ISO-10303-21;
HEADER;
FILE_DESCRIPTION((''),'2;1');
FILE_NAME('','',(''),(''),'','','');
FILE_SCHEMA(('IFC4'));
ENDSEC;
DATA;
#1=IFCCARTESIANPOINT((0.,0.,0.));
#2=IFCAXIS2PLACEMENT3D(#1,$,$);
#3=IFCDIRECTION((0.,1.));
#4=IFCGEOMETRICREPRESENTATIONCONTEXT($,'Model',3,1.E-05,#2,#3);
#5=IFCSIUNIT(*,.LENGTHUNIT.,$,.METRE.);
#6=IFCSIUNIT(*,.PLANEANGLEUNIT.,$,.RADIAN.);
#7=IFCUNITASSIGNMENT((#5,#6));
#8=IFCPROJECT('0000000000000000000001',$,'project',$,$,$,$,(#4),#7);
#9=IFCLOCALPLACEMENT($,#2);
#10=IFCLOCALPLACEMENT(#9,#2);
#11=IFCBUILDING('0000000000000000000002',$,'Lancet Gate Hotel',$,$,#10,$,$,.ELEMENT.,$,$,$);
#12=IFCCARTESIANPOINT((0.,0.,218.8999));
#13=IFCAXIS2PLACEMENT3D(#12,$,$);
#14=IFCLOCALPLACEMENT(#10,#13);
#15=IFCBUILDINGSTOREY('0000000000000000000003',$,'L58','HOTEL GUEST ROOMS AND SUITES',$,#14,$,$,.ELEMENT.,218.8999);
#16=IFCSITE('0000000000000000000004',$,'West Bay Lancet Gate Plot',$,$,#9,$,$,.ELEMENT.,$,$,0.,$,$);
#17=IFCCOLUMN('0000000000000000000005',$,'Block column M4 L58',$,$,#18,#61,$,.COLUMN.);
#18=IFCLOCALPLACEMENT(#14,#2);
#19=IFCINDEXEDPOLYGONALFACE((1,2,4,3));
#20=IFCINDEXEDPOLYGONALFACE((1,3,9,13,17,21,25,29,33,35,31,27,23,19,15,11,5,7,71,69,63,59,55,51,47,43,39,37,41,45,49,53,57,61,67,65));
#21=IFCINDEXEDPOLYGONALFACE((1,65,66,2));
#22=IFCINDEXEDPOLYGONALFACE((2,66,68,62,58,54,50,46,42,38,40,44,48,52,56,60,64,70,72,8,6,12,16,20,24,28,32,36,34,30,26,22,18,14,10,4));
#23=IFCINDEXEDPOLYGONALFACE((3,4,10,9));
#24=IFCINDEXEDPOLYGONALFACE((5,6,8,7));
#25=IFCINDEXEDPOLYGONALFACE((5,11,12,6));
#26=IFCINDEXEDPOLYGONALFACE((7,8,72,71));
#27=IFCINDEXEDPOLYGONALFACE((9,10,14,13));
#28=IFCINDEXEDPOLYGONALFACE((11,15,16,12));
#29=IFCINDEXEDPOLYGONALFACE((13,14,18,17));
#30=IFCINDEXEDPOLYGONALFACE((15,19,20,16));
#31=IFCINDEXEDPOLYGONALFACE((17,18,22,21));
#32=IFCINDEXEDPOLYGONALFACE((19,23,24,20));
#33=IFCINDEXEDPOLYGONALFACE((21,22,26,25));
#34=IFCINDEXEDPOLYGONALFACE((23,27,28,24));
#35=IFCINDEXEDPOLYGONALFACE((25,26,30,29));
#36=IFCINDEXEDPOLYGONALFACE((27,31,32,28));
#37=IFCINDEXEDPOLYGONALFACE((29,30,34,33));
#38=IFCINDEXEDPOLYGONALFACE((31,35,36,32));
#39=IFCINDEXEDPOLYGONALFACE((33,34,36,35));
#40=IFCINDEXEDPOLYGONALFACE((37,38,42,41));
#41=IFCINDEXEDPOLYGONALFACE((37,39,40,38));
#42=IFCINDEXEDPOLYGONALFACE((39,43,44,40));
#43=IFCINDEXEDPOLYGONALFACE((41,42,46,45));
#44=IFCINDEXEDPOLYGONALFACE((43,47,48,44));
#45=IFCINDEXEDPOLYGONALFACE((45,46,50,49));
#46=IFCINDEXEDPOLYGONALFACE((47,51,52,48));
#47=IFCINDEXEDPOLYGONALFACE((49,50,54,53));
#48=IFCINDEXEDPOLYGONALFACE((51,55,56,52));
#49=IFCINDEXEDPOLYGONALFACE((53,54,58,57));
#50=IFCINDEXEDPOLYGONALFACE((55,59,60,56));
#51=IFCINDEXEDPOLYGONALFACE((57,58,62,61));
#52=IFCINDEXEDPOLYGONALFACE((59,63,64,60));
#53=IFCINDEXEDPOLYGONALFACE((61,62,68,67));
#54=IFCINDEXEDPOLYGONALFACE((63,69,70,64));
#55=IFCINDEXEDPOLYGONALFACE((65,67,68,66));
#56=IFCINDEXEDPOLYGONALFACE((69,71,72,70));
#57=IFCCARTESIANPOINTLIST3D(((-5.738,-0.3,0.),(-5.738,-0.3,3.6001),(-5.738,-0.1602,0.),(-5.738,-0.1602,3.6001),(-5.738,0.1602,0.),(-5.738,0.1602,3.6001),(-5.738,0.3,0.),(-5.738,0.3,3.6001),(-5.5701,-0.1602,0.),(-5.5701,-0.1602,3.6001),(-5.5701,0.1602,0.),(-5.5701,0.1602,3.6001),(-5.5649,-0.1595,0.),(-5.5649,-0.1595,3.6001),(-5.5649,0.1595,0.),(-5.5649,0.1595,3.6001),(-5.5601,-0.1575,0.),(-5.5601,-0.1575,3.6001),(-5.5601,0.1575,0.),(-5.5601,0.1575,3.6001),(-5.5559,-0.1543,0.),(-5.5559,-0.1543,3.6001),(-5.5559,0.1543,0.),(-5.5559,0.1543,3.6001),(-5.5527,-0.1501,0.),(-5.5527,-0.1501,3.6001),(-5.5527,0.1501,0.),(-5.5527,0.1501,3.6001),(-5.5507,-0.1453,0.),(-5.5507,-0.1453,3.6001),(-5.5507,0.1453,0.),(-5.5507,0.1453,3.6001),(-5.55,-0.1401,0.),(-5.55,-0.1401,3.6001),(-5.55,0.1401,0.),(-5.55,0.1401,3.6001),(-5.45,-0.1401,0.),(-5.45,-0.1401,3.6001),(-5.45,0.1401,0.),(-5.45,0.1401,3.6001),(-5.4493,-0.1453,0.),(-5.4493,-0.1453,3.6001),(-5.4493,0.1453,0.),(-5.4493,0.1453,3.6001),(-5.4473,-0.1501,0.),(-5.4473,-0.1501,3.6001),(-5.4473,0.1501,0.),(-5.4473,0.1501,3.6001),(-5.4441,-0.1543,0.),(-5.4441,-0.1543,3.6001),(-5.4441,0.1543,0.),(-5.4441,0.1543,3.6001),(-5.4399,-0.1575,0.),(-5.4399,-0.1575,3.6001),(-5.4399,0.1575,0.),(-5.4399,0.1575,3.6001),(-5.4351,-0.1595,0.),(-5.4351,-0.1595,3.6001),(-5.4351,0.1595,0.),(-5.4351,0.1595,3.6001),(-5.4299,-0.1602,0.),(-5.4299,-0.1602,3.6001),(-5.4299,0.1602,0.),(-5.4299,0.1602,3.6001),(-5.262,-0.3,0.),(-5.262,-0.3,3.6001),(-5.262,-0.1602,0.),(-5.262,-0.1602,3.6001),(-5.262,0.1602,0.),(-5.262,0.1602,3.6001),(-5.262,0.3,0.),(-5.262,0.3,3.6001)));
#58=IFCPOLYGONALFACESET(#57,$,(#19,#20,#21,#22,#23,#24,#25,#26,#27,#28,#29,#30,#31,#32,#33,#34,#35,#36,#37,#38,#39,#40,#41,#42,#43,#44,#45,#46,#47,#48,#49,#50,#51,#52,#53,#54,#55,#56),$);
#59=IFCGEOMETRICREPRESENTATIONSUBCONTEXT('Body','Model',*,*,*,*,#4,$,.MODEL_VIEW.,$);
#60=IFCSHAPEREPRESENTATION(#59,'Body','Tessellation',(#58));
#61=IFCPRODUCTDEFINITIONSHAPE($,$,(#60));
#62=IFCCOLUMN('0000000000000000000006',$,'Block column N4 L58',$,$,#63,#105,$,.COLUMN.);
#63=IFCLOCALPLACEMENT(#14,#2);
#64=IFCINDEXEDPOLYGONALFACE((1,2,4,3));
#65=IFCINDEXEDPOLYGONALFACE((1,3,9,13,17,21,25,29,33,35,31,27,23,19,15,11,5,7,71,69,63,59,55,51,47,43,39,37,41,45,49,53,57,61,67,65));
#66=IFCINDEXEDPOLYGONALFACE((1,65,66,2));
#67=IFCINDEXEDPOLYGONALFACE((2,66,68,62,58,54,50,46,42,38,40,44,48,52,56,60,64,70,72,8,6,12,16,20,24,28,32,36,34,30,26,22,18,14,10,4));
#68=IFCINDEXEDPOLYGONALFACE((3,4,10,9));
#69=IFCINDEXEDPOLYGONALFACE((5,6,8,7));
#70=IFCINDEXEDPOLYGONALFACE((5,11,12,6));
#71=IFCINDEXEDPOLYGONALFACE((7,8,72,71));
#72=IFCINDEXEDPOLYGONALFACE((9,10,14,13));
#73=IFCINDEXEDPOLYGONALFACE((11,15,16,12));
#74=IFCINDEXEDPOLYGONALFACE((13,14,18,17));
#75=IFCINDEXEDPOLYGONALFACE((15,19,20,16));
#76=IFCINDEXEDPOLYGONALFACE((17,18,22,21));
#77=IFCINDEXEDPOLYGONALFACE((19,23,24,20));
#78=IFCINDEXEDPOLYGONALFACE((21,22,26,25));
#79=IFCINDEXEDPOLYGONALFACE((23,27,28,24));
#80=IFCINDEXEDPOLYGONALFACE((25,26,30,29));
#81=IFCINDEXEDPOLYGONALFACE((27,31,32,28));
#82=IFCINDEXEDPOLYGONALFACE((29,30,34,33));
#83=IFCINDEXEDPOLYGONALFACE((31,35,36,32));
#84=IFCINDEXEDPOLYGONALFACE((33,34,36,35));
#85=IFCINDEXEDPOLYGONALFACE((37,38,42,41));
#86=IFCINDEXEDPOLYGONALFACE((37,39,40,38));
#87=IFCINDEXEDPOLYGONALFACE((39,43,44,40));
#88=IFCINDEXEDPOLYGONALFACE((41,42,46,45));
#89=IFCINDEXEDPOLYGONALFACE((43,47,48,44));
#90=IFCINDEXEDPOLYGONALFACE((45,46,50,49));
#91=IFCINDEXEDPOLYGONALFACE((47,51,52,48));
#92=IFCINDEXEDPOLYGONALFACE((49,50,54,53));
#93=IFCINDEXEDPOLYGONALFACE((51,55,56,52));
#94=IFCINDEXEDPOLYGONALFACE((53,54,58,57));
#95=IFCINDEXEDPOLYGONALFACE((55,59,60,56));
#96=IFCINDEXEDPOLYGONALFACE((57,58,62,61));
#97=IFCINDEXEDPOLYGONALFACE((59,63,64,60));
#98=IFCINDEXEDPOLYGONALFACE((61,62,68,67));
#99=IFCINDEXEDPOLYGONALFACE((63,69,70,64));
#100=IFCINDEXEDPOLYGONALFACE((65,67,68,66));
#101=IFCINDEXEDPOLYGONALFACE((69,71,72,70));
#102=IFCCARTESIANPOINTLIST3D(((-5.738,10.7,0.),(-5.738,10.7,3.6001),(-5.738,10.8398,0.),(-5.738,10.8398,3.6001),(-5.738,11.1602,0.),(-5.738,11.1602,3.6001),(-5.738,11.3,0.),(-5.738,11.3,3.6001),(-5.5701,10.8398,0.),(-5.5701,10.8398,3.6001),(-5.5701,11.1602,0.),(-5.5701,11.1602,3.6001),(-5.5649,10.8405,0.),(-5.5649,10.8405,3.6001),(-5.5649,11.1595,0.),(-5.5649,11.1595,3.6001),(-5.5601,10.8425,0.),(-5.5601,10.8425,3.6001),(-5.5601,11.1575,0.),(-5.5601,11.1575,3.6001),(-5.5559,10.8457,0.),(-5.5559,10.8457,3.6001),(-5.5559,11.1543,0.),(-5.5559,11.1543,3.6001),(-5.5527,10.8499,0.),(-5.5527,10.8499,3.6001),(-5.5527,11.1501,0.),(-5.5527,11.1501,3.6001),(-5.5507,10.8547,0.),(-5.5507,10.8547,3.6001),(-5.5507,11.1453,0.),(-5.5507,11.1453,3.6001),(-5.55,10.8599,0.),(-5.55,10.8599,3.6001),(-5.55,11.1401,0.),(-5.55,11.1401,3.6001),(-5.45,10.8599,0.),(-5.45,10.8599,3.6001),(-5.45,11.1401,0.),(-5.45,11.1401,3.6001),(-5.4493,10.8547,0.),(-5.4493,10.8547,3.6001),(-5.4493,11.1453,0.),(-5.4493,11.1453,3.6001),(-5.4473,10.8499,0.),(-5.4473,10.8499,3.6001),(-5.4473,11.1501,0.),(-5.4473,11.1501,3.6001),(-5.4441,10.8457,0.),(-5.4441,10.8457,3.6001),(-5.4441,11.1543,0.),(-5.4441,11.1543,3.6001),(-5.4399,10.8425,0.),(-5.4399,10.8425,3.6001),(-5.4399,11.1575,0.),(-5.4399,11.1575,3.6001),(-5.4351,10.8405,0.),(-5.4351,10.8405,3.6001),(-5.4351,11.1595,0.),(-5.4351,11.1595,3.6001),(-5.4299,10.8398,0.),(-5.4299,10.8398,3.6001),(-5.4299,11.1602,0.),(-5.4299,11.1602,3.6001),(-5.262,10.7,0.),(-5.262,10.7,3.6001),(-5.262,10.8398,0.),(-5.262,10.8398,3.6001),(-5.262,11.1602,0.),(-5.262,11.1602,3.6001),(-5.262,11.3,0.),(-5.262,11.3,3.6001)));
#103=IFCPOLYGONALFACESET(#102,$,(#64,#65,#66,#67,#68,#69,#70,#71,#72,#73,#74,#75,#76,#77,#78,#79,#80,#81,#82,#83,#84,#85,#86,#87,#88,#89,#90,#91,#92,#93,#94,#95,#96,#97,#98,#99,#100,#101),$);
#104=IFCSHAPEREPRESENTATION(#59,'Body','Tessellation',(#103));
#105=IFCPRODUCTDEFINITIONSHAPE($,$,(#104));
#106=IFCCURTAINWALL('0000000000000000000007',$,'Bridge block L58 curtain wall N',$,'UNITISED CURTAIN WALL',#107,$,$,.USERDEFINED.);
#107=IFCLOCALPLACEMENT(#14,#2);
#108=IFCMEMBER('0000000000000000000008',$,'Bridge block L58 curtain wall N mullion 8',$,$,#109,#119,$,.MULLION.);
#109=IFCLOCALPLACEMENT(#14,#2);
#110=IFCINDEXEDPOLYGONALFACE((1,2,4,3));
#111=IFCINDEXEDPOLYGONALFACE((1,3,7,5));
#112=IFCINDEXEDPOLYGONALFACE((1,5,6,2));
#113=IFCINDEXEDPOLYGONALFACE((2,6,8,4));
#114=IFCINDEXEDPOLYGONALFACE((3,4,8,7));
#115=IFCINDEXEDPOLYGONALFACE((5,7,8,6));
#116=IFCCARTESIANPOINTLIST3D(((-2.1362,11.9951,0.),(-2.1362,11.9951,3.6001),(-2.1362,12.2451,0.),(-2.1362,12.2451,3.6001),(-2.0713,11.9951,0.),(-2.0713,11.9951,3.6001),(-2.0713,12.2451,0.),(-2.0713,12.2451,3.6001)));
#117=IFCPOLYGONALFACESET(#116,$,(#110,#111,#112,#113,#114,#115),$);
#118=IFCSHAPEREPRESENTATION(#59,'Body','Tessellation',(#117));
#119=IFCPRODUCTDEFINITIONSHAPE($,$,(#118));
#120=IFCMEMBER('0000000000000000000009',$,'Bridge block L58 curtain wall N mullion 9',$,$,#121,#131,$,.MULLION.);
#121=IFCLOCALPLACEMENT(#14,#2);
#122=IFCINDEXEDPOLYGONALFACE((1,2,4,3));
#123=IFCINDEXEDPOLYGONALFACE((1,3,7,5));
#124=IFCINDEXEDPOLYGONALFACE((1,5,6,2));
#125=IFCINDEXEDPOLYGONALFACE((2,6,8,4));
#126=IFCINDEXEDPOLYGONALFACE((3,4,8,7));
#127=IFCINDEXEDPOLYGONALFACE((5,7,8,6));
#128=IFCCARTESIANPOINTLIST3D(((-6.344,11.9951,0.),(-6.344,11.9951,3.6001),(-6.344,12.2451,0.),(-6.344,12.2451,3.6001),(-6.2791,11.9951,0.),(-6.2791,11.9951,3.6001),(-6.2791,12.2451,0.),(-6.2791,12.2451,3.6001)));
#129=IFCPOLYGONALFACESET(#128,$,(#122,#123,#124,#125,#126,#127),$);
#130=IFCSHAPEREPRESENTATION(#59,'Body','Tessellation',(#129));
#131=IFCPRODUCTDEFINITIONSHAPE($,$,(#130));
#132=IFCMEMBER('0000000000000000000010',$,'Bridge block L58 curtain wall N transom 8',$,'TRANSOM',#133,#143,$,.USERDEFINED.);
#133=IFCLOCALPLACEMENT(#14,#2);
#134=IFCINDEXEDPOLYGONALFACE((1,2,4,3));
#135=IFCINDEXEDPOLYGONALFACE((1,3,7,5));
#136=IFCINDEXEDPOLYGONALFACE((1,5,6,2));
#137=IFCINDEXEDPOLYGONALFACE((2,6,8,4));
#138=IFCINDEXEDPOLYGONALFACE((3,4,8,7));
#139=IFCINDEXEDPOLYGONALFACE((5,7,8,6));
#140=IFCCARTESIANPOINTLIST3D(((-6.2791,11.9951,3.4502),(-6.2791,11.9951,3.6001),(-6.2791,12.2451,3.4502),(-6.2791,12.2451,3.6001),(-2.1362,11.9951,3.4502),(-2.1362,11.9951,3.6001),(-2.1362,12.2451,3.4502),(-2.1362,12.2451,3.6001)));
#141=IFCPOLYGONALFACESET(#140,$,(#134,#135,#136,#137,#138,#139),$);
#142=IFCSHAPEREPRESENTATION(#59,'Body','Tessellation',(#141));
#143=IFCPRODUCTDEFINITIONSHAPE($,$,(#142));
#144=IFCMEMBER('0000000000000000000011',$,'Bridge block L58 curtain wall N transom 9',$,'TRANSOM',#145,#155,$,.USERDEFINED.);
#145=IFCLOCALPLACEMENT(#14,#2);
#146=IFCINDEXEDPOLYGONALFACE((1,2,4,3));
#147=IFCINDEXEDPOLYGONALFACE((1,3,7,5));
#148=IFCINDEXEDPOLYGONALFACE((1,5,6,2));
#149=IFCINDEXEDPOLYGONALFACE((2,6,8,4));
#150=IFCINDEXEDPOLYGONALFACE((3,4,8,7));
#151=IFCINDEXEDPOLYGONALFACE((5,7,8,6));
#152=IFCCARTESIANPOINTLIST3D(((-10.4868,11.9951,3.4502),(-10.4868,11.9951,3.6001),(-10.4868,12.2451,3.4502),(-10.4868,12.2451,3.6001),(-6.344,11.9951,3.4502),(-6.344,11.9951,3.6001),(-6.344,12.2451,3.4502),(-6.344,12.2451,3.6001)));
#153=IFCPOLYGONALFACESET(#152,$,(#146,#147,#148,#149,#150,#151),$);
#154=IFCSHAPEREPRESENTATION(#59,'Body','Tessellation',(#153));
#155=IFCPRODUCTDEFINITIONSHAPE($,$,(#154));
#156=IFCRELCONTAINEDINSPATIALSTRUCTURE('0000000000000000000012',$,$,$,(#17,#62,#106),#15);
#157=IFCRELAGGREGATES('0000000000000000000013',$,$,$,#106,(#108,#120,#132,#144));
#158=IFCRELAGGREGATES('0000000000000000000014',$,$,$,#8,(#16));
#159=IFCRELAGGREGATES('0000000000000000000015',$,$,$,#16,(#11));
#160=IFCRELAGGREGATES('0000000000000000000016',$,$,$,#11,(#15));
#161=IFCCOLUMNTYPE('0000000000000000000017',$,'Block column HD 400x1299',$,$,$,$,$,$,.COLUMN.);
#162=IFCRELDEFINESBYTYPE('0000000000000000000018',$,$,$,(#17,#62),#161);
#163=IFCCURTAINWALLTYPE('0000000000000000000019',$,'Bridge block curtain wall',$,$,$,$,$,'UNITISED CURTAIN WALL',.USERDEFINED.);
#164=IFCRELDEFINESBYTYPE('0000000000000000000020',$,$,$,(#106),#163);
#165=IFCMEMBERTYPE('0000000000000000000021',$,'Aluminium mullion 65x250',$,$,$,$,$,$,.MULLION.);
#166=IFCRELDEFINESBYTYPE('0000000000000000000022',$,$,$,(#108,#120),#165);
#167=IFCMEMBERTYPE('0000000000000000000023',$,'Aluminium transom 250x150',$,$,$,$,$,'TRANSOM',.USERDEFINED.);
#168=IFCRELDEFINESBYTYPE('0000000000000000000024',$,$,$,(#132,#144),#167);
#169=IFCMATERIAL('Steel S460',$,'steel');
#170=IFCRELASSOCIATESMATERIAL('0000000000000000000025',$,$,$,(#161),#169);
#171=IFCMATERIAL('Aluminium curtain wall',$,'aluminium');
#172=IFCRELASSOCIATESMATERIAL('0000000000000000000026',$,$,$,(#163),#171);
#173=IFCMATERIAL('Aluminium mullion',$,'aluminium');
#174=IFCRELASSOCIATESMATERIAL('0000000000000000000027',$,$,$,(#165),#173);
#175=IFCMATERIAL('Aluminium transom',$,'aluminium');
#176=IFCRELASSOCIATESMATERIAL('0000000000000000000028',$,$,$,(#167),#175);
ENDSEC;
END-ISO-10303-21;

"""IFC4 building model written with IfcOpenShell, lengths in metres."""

from ifc_helpers import new_model, si_unit, direction, frame, origin, origin_2d, place, context, subcontext, project, spatial, rectangle, i_section, extrude, material, material_profile, profile_set, type_object, element, aggregate, save


model = new_model("IFC4")

# Units and contexts
model_context = context("Model", 3, precision=1e-05, world=origin(), true_north=direction((0.0, 1.0)))
body_context = subcontext(model_context, "Body", "Model", "MODEL_VIEW")
ifc_project = project(units=[si_unit("LENGTHUNIT", "METRE"), si_unit("PLANEANGLEUNIT", "RADIAN")], contexts=[model_context])

# Site, building, storey
site_placement = place(None, origin())
site = spatial("IfcSite", under=ifc_project, at=site_placement, Name="West Bay Lancet Gate Plot", CompositionType="ELEMENT", RefElevation=0.0)
building_placement = place(site_placement, origin())
building = spatial("IfcBuilding", under=site, at=building_placement, Name="Lancet Gate Hotel", CompositionType="ELEMENT")
storey_placement = place(building_placement, frame((0.0, 0.0, 218.8999)))
storey = spatial("IfcBuildingStorey", under=building, at=storey_placement, Name="L58", Description="HOTEL GUEST ROOMS AND SUITES", CompositionType="ELEMENT", Elevation=218.8999)

# Columns
ifc_material_1 = material(Name="Steel S460", Category="steel")
ifc_material_profile_1 = material_profile(ifc_material_1, i_section(OverallWidth=0.4761, OverallDepth=0.6001, WebThickness=0.1001, FlangeThickness=0.1399, FilletRadius=0.02, at=origin_2d()), Name="HD 400x1299")
ifc_profile_set_1 = profile_set([ifc_material_profile_1], Name="Steel S460")
column_type = type_object("IfcColumnType", Name="Block column HD 400x1299", PredefinedType="COLUMN", material=ifc_profile_set_1)
for number, where, z_axis, x_axis, name in (
    (1, (-5.5, 0.0, 0.0), (0.0, 0.0, 1.0), (1.0, 0.0, 0.0), "Block column M4 L58"),
    (2, (-5.5, 11.0, 0.0), (0.0, 0.0, 1.0), (1.0, 0.0, 0.0), "Block column N4 L58"),
):
    element("IfcColumn", number, at=place(storey_placement, frame(where, z_axis=z_axis, x_axis=x_axis)), inside=storey, type_object=column_type, Name=name, PredefinedType="COLUMN", context=body_context, shape_type="SweptSolid", body=[
        extrude(i_section(OverallWidth=0.4761, OverallDepth=0.6001, WebThickness=0.1001, FlangeThickness=0.1399, FilletRadius=0.02, at=origin_2d()), origin(), (0.0, 0.0, 1.0), 3.6001),
    ])

# Curtain wall, members
ifc_material_2 = material(Name="Aluminium curtain wall", Category="aluminium")
curtain_wall_type = type_object("IfcCurtainWallType", Name="Bridge block curtain wall", ElementType="UNITISED CURTAIN WALL", PredefinedType="USERDEFINED", material=ifc_material_2)
curtain_wall_placement = place(storey_placement, origin())
curtain_wall = element("IfcCurtainWall", 3, at=curtain_wall_placement, inside=storey, type_object=curtain_wall_type, Name="Bridge block L58 curtain wall N", ObjectType="UNITISED CURTAIN WALL", PredefinedType="USERDEFINED")
ifc_material_3 = material(Name="Aluminium mullion", Category="aluminium")
ifc_material_profile_2 = material_profile(ifc_material_3, rectangle(XDim=0.0649, YDim=0.25, at=origin_2d()), Name="MULLION 65x250")
ifc_profile_set_2 = profile_set([ifc_material_profile_2], Name="Aluminium mullion")
member_type_1 = type_object("IfcMemberType", Name="Aluminium mullion 65x250", PredefinedType="MULLION", material=ifc_profile_set_2)
member_1_placement = place(storey_placement, frame((-2.1038, 12.1201, 0.0), z_axis=(0.0, 0.0, 1.0), x_axis=(-1.0, 0.0, 0.0)))
member_1 = element("IfcMember", 4, at=member_1_placement, type_object=member_type_1, Name="Bridge block L58 curtain wall N mullion 8", PredefinedType="MULLION", context=body_context, shape_type="SweptSolid", body=[
    extrude(rectangle(XDim=0.0649, YDim=0.25, at=origin_2d()), origin(), (0.0, 0.0, 1.0), 3.6001),
])
member_2_placement = place(storey_placement, frame((-6.3115, 12.1201, 0.0), z_axis=(0.0, 0.0, 1.0), x_axis=(-1.0, 0.0, 0.0)))
member_2 = element("IfcMember", 5, at=member_2_placement, type_object=member_type_1, Name="Bridge block L58 curtain wall N mullion 9", PredefinedType="MULLION", context=body_context, shape_type="SweptSolid", body=[
    extrude(rectangle(XDim=0.0649, YDim=0.25, at=origin_2d()), origin(), (0.0, 0.0, 1.0), 3.6001),
])
ifc_material_4 = material(Name="Aluminium transom", Category="aluminium")
ifc_material_profile_3 = material_profile(ifc_material_4, rectangle(XDim=0.25, YDim=0.1499, at=origin_2d()), Name="TRANSOM 250x150")
ifc_profile_set_3 = profile_set([ifc_material_profile_3], Name="Aluminium transom")
member_type_2 = type_object("IfcMemberType", Name="Aluminium transom 250x150", ElementType="TRANSOM", PredefinedType="USERDEFINED", material=ifc_profile_set_3)
member_3_placement = place(storey_placement, frame((-2.1362, 12.1201, 3.5251), z_axis=(-1.0, 0.0, 0.0), x_axis=(0.0, -1.0, 0.0)))
member_3 = element("IfcMember", 6, at=member_3_placement, type_object=member_type_2, Name="Bridge block L58 curtain wall N transom 8", ObjectType="TRANSOM", PredefinedType="USERDEFINED", context=body_context, shape_type="SweptSolid", body=[
    extrude(rectangle(XDim=0.25, YDim=0.1499, at=origin_2d()), origin(), (0.0, 0.0, 1.0), 4.1428),
])
member_4_placement = place(storey_placement, frame((-6.344, 12.1201, 3.5251), z_axis=(-1.0, 0.0, 0.0), x_axis=(0.0, -1.0, 0.0)))
member_4 = element("IfcMember", 7, at=member_4_placement, type_object=member_type_2, Name="Bridge block L58 curtain wall N transom 9", ObjectType="TRANSOM", PredefinedType="USERDEFINED", context=body_context, shape_type="SweptSolid", body=[
    extrude(rectangle(XDim=0.25, YDim=0.1499, at=origin_2d()), origin(), (0.0, 0.0, 1.0), 4.1428),
])

aggregate(curtain_wall, [member_1, member_2, member_3, member_4])

save(model, "model.ifc")
